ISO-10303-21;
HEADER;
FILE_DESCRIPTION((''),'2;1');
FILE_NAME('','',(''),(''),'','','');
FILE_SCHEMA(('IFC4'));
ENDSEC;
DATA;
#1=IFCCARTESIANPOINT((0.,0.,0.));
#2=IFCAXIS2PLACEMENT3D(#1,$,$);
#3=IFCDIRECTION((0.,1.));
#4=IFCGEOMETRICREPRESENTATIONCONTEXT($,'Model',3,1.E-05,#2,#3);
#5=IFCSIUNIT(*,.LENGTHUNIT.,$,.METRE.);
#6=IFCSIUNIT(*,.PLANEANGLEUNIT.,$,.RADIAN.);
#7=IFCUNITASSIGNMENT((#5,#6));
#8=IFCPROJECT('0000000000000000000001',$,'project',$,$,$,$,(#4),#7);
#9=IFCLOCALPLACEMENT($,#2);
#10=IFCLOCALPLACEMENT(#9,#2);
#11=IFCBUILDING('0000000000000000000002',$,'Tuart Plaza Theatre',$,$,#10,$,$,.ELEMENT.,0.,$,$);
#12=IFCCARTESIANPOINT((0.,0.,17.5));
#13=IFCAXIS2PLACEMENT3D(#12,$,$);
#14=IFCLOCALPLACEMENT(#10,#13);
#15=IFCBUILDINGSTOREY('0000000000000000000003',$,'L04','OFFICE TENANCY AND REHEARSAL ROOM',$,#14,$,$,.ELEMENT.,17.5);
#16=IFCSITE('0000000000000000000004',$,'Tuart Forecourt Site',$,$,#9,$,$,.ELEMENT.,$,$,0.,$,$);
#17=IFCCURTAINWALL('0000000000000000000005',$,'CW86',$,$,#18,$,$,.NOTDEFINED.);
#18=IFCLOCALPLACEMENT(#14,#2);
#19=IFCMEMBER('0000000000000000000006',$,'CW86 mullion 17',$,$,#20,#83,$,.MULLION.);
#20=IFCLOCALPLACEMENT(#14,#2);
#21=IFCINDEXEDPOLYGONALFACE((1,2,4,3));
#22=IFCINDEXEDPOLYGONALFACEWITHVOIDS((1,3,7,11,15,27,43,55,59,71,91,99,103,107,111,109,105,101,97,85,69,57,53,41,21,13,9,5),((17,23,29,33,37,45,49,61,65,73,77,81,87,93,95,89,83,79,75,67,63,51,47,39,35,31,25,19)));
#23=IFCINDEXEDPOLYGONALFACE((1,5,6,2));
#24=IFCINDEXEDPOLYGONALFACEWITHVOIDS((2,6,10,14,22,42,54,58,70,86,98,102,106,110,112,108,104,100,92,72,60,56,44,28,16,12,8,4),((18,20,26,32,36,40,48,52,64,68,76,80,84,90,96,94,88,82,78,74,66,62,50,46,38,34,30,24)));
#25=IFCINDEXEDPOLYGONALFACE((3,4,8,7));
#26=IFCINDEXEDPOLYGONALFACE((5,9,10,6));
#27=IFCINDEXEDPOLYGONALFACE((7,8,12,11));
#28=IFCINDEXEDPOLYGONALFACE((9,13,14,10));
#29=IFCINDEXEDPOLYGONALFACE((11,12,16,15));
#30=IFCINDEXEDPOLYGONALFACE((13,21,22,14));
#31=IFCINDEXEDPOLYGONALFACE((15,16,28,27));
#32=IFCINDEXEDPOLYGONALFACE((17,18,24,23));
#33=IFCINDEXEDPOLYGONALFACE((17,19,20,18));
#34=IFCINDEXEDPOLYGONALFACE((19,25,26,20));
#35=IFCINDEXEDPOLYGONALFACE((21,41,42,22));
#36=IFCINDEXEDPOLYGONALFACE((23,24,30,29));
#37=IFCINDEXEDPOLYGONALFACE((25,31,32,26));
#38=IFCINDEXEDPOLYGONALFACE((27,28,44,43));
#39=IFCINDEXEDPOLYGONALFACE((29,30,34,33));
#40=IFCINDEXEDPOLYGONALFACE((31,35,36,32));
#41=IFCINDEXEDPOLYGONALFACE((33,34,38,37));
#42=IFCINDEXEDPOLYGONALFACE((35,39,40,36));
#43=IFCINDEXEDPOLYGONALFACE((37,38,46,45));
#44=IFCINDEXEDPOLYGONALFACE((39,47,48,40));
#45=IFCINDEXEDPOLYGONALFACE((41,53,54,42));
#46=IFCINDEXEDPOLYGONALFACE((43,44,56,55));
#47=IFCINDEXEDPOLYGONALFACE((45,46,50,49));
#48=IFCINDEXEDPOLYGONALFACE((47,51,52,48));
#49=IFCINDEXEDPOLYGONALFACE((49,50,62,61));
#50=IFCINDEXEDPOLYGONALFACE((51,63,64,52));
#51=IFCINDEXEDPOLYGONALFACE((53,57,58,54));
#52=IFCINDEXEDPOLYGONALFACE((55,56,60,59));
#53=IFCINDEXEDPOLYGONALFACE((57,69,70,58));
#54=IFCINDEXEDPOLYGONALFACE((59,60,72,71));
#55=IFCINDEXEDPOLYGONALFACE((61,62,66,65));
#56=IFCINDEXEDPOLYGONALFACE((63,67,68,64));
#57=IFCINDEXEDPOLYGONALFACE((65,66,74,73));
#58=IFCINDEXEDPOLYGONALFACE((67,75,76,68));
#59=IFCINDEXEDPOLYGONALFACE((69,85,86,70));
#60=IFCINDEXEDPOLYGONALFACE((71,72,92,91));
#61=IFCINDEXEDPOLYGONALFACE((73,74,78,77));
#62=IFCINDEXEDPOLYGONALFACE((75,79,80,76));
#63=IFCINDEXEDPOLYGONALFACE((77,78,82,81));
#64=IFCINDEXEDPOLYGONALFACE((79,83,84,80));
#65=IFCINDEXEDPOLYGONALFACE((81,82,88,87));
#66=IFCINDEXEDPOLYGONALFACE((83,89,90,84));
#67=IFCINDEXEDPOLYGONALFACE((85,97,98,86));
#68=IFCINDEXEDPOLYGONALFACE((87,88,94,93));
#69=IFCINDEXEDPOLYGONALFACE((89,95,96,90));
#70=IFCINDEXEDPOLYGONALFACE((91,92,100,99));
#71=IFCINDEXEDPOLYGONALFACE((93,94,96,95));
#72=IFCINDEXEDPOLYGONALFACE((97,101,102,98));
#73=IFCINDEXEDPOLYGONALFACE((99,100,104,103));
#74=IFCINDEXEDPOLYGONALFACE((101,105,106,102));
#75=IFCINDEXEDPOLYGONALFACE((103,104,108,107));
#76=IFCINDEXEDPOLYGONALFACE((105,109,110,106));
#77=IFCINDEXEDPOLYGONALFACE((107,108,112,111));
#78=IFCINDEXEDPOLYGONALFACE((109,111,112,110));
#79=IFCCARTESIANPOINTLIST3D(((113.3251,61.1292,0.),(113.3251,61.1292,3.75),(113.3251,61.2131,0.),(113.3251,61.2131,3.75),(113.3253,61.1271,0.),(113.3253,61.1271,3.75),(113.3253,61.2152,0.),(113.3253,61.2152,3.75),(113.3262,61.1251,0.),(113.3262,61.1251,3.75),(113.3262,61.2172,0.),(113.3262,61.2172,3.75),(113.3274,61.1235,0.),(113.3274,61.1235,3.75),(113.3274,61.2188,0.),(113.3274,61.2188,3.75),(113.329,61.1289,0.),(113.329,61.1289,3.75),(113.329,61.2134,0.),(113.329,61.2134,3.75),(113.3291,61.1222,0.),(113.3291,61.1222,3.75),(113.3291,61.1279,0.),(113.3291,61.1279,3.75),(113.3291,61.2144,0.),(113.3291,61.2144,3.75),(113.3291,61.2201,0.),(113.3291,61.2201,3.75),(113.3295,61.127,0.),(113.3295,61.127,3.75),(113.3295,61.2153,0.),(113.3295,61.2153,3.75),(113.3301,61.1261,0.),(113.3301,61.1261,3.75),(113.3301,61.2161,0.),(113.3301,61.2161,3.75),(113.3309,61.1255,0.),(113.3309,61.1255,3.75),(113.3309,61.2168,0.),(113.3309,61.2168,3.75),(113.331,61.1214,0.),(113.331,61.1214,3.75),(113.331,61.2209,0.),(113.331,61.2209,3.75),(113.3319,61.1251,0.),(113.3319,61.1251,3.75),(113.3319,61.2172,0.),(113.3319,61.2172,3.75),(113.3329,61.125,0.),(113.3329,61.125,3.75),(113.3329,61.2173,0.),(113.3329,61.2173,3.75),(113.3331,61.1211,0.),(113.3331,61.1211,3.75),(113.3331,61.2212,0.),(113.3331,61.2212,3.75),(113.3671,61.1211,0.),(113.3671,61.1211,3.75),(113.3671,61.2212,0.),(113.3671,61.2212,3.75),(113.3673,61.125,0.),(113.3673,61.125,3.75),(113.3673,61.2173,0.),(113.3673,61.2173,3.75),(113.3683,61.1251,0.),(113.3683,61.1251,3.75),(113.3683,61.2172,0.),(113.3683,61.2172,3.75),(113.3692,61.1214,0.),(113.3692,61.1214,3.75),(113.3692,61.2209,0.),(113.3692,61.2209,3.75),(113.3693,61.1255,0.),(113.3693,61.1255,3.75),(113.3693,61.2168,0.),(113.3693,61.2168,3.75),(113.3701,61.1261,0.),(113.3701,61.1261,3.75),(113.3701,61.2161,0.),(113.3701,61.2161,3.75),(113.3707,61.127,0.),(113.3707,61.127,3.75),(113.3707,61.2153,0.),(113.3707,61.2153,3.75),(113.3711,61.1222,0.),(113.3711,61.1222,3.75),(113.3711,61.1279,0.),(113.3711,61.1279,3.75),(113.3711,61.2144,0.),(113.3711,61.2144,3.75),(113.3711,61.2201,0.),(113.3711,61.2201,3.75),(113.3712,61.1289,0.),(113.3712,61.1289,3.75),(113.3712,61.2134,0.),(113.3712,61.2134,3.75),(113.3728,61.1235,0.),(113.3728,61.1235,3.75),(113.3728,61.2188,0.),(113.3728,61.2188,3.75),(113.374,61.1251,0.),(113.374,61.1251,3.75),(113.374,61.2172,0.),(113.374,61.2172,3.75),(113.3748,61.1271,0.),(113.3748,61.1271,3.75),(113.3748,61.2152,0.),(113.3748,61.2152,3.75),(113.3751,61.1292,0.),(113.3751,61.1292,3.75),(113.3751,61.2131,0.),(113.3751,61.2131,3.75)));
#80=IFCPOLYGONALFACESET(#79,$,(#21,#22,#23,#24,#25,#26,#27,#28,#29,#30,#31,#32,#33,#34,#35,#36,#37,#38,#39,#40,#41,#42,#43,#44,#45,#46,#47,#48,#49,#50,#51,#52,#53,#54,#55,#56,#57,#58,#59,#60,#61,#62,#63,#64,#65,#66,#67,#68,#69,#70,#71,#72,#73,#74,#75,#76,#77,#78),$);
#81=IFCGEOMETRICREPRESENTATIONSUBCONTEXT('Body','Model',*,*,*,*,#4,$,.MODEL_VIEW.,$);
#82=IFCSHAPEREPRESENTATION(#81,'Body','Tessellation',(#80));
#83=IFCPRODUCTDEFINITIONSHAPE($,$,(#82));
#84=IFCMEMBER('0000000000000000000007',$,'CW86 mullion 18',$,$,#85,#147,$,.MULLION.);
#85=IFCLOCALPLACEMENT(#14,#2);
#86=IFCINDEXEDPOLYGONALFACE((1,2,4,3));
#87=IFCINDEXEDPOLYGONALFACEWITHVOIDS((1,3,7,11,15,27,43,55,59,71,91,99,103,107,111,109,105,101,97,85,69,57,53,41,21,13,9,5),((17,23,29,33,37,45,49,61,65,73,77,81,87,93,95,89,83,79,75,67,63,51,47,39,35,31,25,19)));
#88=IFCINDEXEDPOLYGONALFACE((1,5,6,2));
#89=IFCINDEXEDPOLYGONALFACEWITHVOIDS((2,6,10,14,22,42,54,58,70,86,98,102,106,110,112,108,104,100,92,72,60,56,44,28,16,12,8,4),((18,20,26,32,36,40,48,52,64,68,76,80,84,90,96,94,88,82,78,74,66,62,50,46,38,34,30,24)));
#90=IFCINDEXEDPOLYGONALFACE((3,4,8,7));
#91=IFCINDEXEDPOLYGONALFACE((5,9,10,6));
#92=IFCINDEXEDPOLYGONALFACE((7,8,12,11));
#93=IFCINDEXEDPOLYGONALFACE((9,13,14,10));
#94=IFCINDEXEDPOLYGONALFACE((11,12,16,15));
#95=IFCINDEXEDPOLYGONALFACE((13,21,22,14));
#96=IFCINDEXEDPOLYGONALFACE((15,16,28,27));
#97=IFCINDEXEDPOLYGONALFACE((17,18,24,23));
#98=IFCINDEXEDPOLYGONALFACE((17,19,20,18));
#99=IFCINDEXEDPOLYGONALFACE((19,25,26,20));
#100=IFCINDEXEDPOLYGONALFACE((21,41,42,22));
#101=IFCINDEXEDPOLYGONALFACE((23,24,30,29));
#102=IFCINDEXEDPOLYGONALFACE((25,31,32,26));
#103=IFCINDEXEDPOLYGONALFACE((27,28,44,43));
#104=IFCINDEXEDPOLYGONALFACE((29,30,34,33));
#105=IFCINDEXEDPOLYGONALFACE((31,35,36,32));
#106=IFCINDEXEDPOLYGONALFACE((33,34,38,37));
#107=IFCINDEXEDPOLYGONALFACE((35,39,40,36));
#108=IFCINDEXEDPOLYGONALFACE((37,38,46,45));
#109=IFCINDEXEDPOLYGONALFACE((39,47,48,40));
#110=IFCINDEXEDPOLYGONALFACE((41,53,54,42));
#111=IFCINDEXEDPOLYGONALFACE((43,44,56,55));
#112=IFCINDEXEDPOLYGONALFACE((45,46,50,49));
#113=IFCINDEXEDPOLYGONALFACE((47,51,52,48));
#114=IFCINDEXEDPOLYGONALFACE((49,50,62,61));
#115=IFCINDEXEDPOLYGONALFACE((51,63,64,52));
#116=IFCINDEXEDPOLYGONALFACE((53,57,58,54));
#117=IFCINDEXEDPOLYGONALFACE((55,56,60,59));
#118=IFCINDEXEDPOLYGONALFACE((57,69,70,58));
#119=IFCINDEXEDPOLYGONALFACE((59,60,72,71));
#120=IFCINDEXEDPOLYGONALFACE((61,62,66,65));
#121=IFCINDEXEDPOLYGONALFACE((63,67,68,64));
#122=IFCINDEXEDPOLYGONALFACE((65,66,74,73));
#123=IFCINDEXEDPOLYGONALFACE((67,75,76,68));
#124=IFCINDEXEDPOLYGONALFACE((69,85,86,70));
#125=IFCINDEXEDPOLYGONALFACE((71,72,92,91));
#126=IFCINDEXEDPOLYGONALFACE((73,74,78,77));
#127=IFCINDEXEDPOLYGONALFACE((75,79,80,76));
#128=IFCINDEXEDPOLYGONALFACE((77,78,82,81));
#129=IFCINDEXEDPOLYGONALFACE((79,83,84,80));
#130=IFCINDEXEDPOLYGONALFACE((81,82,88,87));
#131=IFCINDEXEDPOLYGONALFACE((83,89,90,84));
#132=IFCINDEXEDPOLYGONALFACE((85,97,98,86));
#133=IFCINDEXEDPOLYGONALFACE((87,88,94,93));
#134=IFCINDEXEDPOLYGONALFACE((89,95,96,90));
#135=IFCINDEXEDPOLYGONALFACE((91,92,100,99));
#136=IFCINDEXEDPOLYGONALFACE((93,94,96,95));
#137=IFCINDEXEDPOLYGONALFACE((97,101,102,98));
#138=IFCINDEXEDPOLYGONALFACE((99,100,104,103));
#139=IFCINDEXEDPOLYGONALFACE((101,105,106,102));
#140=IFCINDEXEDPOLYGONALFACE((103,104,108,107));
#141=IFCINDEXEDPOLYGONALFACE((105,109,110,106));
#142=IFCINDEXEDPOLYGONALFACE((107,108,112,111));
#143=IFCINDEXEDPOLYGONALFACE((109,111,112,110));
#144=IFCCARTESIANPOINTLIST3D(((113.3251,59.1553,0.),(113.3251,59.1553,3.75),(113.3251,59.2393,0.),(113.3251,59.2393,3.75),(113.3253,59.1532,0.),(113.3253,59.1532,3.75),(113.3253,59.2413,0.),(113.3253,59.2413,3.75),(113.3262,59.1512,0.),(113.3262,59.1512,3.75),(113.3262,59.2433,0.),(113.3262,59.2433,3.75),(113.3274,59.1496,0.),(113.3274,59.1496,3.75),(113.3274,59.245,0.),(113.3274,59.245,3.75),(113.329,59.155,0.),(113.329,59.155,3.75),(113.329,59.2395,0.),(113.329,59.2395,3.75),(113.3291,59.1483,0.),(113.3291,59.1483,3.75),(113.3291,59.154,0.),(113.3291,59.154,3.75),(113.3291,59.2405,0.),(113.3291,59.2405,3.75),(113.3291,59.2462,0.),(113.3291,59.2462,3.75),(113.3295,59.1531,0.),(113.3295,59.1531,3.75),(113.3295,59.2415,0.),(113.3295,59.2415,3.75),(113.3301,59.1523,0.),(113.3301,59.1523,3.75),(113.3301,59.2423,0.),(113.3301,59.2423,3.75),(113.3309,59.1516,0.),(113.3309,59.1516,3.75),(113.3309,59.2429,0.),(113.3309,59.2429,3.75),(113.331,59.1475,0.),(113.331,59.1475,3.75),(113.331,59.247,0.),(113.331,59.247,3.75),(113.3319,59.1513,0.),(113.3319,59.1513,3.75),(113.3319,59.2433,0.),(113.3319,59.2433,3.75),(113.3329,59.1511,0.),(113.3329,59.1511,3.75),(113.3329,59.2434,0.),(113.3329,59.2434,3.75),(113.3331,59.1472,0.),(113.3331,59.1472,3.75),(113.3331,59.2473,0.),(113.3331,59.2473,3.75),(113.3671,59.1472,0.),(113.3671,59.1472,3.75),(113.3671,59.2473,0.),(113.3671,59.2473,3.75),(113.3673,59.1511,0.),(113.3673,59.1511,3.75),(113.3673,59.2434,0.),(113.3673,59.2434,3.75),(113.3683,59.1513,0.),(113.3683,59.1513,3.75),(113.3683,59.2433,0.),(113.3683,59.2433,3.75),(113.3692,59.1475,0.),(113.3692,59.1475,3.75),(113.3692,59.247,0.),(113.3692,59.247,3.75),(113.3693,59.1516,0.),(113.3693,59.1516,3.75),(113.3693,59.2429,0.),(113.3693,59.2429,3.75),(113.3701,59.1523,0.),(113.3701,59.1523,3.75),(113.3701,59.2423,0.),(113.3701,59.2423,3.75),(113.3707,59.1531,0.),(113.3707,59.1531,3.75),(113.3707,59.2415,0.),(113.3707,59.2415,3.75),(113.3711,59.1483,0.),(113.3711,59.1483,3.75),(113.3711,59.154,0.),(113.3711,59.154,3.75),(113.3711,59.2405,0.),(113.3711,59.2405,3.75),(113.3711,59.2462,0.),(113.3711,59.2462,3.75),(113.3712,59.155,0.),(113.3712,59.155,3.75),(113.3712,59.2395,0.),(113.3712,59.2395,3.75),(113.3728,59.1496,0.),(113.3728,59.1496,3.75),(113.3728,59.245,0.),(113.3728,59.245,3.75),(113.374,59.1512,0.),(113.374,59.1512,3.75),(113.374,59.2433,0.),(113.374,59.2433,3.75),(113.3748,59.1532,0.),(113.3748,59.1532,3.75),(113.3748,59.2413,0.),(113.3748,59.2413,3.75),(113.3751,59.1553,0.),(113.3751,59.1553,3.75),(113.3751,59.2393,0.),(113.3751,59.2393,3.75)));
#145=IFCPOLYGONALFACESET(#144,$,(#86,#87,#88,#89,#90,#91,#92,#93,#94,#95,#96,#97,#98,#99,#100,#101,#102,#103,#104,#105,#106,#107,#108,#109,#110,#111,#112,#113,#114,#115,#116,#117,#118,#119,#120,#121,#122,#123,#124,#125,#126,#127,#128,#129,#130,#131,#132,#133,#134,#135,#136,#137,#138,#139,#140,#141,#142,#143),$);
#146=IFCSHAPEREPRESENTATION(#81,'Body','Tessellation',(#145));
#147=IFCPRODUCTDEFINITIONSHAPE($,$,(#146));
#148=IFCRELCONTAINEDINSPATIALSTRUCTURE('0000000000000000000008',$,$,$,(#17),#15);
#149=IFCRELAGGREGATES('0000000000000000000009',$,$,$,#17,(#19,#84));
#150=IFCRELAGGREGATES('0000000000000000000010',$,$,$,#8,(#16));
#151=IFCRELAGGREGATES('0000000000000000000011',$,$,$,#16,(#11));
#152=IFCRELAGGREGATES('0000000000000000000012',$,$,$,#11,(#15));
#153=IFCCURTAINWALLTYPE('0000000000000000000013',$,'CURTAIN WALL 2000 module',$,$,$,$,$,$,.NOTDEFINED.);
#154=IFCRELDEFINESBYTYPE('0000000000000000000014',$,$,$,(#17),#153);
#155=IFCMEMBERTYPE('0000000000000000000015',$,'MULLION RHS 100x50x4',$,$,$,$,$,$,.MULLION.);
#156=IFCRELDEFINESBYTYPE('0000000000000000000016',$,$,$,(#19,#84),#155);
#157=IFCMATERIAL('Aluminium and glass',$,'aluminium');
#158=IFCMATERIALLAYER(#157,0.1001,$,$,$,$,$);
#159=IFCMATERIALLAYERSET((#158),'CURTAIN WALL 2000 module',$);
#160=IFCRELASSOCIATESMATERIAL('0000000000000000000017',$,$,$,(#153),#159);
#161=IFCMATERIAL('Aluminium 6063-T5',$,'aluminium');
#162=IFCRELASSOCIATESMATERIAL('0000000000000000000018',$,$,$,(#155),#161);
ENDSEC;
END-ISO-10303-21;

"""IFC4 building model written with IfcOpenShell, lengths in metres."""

from ifc_helpers import new_model, si_unit, direction, frame, origin, origin_2d, place, context, subcontext, project, spatial, hollow_rectangle, extrude, material, layer, layer_set, material_profile, profile_set, type_object, element, aggregate, save


model = new_model("IFC4")

# Units and contexts
model_context = context("Model", 3, precision=1e-05, world=origin(), true_north=direction((0.0, 1.0)))
body_context = subcontext(model_context, "Body", "Model", "MODEL_VIEW")
ifc_project = project(units=[si_unit("LENGTHUNIT", "METRE"), si_unit("PLANEANGLEUNIT", "RADIAN")], contexts=[model_context])

# Site, building, storey
site_placement = place(None, origin())
site = spatial("IfcSite", under=ifc_project, at=site_placement, Name="Tuart Forecourt Site", CompositionType="ELEMENT", RefElevation=0.0)
building_placement = place(site_placement, origin())
building = spatial("IfcBuilding", under=site, at=building_placement, Name="Tuart Plaza Theatre", CompositionType="ELEMENT", ElevationOfRefHeight=0.0)
storey_placement = place(building_placement, frame((0.0, 0.0, 17.5)))
storey = spatial("IfcBuildingStorey", under=building, at=storey_placement, Name="L04", Description="OFFICE TENANCY AND REHEARSAL ROOM", CompositionType="ELEMENT", Elevation=17.5)

# Curtain wall, members
ifc_material_1 = material(Name="Aluminium and glass", Category="aluminium")
ifc_layer_1 = layer(ifc_material_1, 0.1001)
ifc_layer_set_1 = layer_set([ifc_layer_1], Name="CURTAIN WALL 2000 module")
curtain_wall_type = type_object("IfcCurtainWallType", Name="CURTAIN WALL 2000 module", PredefinedType="NOTDEFINED", material=ifc_layer_set_1)
curtain_wall_placement = place(storey_placement, origin())
curtain_wall = element("IfcCurtainWall", 1, at=curtain_wall_placement, inside=storey, type_object=curtain_wall_type, Name="CW86", PredefinedType="NOTDEFINED")
ifc_material_2 = material(Name="Aluminium 6063-T5", Category="aluminium")
ifc_material_profile_1 = material_profile(ifc_material_2, hollow_rectangle(XDim=0.05, YDim=0.1001, WallThickness=0.0039, InnerFilletRadius=0.0039, OuterFilletRadius=0.0081, at=origin_2d()), Name="RHS 100x50x4")
ifc_profile_set_1 = profile_set([ifc_material_profile_1], Name="Aluminium 6063-T5")
member_type_1 = type_object("IfcMemberType", Name="MULLION RHS 100x50x4", PredefinedType="MULLION", material=ifc_profile_set_1)
member_1_placement = place(storey_placement, frame((113.3501, 61.1711, 0.0), z_axis=(0.0, 0.0, 1.0), x_axis=(1.0, 0.0, 0.0)))
member_1 = element("IfcMember", 2, at=member_1_placement, type_object=member_type_1, Name="CW86 mullion 17", PredefinedType="MULLION", context=body_context, shape_type="SweptSolid", body=[
    extrude(hollow_rectangle(XDim=0.05, YDim=0.1001, WallThickness=0.0039, InnerFilletRadius=0.0039, OuterFilletRadius=0.0081, at=origin_2d()), origin(), (0.0, 0.0, 1.0), 3.75),
])
member_2_placement = place(storey_placement, frame((113.3501, 59.1973, 0.0), z_axis=(0.0, 0.0, 1.0), x_axis=(1.0, 0.0, 0.0)))
member_2 = element("IfcMember", 3, at=member_2_placement, type_object=member_type_1, Name="CW86 mullion 18", PredefinedType="MULLION", context=body_context, shape_type="SweptSolid", body=[
    extrude(hollow_rectangle(XDim=0.05, YDim=0.1001, WallThickness=0.0039, InnerFilletRadius=0.0039, OuterFilletRadius=0.0081, at=origin_2d()), origin(), (0.0, 0.0, 1.0), 3.75),
])
aggregate(curtain_wall, [member_1, member_2])

save(model, "model.ifc")
